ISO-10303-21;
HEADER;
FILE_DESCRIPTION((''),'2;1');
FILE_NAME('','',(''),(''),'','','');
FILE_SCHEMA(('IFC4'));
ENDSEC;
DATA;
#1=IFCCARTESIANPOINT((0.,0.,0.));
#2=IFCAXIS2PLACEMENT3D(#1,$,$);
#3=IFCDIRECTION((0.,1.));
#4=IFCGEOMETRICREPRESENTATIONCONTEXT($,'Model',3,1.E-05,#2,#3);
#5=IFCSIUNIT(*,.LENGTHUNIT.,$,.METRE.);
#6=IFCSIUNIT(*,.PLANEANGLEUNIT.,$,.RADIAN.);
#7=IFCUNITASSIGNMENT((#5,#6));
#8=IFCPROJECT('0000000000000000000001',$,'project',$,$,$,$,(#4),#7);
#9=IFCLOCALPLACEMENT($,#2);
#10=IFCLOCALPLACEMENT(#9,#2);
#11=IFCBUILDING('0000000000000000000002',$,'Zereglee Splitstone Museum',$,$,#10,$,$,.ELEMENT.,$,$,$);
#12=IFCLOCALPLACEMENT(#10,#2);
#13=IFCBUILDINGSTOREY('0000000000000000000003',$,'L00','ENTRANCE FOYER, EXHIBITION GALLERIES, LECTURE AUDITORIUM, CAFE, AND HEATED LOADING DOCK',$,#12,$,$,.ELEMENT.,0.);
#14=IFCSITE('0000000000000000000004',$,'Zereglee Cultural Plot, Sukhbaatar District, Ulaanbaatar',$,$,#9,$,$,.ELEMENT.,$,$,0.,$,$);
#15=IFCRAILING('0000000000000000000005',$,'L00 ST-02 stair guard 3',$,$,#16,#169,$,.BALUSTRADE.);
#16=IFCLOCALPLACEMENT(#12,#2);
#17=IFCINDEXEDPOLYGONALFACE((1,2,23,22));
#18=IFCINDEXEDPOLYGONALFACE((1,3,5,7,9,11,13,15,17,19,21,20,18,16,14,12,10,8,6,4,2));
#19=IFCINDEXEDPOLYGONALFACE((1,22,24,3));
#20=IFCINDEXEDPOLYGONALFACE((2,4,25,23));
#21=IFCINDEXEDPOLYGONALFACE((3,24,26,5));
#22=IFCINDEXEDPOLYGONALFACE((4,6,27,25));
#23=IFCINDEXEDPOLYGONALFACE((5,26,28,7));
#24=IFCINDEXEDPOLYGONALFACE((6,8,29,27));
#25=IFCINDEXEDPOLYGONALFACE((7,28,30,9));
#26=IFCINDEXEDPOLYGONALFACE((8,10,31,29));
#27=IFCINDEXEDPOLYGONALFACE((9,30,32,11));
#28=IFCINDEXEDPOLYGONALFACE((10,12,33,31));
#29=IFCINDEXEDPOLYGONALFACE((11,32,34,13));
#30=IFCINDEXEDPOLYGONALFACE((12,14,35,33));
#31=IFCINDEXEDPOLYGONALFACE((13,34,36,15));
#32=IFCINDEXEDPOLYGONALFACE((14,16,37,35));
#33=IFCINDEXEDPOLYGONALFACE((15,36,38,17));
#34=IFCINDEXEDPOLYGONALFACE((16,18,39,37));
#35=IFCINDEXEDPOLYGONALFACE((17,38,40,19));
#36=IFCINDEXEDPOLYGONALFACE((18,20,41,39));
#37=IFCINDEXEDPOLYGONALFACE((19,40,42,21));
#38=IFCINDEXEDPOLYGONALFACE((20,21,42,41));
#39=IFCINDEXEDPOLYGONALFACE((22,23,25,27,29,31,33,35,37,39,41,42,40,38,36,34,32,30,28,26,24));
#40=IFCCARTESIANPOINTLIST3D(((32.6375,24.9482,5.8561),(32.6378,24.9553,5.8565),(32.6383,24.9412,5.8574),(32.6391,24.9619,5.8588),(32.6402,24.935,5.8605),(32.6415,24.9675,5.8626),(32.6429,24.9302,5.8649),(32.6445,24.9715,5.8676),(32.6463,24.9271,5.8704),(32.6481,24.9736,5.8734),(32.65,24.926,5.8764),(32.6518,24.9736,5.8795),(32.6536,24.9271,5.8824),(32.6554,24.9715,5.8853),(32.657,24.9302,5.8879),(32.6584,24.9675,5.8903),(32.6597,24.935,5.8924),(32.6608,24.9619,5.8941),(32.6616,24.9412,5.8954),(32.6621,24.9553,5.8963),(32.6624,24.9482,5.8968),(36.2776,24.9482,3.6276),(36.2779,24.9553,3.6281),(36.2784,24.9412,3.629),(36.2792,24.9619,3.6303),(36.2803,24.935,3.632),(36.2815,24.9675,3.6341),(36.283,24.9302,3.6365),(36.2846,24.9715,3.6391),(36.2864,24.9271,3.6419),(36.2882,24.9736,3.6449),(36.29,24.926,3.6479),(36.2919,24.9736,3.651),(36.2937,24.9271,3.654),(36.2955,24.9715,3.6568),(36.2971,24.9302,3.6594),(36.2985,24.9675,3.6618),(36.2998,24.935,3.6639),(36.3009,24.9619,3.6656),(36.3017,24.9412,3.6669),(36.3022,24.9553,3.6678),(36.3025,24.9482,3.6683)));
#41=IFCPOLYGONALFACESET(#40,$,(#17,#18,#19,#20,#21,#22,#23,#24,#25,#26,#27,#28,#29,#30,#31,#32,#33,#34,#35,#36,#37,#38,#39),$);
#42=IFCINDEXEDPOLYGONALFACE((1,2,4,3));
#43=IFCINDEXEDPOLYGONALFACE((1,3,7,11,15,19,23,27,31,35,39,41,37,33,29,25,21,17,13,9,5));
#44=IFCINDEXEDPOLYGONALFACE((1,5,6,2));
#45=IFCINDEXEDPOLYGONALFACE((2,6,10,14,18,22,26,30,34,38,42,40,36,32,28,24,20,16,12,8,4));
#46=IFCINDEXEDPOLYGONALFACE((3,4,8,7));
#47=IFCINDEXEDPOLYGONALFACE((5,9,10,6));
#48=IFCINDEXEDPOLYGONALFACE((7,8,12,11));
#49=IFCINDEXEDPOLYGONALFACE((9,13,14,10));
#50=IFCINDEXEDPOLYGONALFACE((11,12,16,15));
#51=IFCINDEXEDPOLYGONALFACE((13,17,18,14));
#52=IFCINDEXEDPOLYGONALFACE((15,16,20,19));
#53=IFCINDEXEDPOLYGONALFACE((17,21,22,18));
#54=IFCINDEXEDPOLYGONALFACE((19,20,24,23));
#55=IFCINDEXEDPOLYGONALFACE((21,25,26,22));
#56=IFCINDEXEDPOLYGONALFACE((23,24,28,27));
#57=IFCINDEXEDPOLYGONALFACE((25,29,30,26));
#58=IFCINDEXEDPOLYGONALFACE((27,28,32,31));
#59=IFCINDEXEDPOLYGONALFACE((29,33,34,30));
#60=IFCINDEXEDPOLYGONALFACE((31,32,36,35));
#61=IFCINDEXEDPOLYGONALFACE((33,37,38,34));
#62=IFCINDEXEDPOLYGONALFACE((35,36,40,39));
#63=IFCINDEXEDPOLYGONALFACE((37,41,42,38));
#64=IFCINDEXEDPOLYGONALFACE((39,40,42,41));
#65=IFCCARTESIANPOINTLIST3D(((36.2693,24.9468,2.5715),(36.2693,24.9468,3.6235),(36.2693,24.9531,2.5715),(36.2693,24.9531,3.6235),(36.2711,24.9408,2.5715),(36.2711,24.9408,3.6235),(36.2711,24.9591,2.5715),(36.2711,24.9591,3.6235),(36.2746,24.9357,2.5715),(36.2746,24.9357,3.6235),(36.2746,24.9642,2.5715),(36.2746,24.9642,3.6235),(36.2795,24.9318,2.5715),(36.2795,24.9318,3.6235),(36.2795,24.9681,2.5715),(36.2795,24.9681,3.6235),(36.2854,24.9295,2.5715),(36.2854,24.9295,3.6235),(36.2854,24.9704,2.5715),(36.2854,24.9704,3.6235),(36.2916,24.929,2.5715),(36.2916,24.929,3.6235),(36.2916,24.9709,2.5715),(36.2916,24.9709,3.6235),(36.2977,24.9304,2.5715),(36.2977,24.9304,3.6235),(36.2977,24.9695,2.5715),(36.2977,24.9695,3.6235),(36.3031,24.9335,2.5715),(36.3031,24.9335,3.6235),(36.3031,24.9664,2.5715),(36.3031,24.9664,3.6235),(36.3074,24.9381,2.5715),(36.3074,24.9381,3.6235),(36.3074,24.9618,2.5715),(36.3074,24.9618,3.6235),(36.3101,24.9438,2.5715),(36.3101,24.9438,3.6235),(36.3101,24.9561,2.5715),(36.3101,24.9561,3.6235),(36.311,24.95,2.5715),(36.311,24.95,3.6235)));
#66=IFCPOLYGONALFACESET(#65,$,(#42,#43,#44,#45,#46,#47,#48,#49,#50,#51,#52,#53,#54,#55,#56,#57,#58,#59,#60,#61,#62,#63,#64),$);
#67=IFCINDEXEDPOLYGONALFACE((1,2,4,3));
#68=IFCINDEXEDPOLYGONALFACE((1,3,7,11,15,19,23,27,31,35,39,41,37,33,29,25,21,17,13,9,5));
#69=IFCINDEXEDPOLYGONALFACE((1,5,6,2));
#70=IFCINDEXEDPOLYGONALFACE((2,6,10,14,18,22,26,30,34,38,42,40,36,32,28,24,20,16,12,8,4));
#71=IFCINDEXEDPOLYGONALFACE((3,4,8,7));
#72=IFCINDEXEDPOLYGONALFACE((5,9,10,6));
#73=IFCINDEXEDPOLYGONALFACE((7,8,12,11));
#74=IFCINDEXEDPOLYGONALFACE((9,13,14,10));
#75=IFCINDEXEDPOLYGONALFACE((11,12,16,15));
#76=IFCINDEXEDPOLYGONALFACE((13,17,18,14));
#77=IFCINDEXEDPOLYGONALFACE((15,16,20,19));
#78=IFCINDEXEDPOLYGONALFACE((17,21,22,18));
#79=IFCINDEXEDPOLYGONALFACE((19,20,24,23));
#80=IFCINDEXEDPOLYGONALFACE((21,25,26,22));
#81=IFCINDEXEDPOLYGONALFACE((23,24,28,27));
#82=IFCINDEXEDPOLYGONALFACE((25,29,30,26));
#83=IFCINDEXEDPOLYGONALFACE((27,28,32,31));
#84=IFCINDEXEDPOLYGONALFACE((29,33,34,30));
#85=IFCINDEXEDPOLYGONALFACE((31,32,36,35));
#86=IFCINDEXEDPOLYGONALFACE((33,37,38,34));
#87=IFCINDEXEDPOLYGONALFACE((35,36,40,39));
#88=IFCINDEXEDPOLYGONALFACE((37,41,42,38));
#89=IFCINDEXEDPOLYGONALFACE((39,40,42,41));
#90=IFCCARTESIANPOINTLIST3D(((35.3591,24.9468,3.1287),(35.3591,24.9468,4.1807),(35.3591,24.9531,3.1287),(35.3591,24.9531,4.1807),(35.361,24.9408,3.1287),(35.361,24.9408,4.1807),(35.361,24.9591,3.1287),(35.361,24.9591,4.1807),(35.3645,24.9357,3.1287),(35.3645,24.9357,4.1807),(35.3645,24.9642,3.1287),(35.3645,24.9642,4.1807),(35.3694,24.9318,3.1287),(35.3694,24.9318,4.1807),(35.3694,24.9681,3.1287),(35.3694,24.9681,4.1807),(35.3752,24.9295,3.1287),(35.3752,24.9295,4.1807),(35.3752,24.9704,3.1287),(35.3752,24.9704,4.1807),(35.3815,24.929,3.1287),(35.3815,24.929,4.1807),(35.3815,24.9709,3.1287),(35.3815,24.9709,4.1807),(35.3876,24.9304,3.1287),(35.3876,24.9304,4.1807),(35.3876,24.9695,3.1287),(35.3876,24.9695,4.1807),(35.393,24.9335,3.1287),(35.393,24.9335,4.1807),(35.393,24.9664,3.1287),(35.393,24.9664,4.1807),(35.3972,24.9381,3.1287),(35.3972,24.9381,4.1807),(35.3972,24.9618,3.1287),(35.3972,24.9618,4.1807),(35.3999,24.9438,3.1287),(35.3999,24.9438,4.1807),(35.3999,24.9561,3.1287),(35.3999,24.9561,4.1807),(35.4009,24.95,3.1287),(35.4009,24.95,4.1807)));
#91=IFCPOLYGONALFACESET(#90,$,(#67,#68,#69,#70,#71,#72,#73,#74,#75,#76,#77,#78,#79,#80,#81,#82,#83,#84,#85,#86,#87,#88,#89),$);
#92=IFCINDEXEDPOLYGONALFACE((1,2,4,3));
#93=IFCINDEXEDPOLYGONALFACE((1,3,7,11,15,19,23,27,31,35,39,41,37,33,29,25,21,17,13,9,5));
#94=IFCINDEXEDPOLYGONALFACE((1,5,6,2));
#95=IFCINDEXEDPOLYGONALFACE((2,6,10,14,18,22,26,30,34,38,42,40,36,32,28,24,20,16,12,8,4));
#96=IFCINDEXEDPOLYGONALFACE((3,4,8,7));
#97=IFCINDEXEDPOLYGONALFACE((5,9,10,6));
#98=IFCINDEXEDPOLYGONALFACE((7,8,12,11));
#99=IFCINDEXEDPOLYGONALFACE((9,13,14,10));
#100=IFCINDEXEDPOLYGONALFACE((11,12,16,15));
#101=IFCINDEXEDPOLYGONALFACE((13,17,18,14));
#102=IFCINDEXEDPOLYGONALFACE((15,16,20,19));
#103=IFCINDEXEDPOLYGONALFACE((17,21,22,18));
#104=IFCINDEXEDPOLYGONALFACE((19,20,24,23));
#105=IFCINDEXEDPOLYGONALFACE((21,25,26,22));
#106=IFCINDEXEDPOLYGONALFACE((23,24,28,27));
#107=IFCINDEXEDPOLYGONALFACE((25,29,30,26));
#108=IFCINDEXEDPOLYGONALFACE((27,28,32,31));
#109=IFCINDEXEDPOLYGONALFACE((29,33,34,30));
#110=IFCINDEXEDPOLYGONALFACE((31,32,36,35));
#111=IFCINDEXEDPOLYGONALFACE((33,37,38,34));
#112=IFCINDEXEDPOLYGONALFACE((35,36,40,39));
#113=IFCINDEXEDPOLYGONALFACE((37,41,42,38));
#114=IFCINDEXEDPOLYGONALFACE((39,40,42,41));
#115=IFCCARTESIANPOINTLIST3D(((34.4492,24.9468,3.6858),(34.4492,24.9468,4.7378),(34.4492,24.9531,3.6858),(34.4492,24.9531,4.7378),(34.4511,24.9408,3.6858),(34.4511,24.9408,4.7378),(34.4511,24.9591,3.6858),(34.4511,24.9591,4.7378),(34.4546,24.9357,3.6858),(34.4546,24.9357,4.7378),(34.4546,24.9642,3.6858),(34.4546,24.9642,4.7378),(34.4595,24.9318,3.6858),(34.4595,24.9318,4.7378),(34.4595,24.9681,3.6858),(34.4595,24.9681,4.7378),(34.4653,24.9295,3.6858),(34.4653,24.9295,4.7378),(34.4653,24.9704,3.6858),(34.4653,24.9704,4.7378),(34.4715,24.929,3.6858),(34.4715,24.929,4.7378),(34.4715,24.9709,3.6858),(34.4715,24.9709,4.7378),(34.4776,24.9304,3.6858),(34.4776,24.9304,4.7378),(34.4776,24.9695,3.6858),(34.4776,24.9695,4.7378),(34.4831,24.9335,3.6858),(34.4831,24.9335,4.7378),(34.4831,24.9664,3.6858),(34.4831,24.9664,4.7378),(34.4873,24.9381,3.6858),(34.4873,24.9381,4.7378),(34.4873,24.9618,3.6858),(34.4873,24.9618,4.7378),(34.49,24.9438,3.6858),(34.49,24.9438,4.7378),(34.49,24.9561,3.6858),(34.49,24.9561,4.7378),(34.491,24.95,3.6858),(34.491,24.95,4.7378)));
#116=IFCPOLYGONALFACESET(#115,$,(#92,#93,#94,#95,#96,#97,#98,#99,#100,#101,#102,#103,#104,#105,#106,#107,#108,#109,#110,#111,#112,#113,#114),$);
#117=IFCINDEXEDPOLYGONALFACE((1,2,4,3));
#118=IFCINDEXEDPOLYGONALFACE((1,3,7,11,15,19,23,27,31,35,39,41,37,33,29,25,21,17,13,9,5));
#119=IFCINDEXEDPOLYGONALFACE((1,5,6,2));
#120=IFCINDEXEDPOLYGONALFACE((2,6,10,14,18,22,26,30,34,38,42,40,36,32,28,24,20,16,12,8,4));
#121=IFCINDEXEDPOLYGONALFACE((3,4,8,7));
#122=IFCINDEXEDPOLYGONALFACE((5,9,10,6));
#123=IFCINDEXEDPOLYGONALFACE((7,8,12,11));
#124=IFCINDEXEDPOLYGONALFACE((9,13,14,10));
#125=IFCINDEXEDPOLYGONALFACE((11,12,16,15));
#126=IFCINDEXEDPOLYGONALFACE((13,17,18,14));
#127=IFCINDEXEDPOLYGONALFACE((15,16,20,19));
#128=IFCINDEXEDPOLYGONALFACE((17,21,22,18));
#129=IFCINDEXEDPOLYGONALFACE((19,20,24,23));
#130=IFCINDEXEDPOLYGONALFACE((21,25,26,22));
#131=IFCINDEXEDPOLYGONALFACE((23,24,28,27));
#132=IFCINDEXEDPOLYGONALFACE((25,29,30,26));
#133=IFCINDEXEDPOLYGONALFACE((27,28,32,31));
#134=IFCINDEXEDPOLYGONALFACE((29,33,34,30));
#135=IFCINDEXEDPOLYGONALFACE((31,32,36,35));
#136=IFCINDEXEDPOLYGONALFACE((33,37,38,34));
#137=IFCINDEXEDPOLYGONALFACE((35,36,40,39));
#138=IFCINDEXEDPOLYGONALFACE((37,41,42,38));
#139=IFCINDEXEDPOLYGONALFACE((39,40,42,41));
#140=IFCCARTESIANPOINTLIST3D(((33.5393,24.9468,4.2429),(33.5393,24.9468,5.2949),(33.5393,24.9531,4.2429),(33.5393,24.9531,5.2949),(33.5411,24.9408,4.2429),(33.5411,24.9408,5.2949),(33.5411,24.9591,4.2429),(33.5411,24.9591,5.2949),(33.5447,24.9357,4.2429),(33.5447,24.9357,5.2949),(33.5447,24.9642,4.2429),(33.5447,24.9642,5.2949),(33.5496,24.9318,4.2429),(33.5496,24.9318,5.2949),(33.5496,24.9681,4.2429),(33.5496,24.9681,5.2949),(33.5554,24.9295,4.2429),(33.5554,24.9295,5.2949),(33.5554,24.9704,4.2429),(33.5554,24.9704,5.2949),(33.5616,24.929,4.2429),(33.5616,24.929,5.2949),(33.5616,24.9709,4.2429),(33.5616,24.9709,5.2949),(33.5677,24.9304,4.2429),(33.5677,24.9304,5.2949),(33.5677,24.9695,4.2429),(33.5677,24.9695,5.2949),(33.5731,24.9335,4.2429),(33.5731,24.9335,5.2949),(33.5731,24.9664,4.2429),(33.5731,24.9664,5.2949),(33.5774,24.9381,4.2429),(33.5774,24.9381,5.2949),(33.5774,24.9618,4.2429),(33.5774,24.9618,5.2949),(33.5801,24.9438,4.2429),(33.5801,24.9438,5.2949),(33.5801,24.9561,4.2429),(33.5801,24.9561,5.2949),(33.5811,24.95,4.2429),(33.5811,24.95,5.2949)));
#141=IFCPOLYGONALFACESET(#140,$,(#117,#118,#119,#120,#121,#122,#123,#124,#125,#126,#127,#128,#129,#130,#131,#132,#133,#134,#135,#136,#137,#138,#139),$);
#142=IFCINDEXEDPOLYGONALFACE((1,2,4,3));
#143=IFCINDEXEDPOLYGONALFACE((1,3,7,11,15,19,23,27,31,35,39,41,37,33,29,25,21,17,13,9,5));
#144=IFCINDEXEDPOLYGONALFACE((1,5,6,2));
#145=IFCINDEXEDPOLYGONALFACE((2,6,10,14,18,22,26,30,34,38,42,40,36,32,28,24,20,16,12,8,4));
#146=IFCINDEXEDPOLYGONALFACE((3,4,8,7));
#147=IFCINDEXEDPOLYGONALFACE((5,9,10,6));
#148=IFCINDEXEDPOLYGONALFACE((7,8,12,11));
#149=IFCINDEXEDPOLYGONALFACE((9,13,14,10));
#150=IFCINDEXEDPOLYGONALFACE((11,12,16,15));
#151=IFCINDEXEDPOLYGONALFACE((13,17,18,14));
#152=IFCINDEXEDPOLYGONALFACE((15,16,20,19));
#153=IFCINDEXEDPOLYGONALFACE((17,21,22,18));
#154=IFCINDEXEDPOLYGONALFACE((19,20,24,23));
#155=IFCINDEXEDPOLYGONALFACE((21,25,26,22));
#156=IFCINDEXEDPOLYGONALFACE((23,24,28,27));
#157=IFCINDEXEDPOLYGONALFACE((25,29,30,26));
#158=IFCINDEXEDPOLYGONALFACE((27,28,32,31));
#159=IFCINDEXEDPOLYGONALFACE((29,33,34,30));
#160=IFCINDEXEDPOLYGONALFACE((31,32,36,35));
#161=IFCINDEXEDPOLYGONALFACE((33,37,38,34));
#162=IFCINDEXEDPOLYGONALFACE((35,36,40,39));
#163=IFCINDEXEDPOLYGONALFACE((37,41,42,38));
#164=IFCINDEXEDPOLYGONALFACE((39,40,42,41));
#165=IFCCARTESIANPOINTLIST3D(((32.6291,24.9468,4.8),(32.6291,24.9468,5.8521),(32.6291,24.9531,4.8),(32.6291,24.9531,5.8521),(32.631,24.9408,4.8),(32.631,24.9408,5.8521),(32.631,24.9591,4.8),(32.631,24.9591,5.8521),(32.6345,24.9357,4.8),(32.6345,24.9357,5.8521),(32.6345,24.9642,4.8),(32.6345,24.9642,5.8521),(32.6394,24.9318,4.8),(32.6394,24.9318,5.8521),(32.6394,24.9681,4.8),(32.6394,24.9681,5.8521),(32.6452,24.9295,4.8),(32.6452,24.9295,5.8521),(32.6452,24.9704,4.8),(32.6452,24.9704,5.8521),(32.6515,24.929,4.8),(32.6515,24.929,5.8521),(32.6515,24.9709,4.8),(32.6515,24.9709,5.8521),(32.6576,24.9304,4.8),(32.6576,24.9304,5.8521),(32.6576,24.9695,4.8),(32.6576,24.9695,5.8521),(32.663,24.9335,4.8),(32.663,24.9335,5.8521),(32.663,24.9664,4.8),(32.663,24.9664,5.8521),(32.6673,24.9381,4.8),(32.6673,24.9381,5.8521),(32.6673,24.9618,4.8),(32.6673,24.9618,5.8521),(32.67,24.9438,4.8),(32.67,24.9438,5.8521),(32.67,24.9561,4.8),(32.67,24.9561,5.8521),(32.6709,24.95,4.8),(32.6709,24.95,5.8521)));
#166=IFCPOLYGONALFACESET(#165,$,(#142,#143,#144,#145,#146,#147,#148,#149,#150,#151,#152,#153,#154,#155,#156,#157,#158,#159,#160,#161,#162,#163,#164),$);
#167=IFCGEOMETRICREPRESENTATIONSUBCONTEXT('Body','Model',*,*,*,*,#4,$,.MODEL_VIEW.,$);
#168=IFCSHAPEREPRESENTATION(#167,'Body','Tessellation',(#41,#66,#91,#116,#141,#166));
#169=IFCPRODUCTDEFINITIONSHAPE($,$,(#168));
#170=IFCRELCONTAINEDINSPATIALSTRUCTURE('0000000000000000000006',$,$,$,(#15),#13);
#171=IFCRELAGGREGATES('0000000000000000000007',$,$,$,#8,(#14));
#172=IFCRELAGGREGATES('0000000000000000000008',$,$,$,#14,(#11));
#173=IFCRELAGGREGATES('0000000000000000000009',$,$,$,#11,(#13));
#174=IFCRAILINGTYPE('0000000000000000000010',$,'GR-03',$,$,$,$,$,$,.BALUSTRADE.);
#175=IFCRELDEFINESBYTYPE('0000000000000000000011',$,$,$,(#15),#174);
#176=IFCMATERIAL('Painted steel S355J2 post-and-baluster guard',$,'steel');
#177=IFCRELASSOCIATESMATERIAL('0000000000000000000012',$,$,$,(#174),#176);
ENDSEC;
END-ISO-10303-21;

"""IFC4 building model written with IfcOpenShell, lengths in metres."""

from ifc_helpers import new_model, si_unit, direction, frame, origin, origin_2d, place, context, subcontext, project, spatial, circle, extrude, material, type_object, element, save


model = new_model("IFC4")

# Units and contexts
model_context = context("Model", 3, precision=1e-05, world=origin(), true_north=direction((0.0, 1.0)))
body_context = subcontext(model_context, "Body", "Model", "MODEL_VIEW")
ifc_project = project(units=[si_unit("LENGTHUNIT", "METRE"), si_unit("PLANEANGLEUNIT", "RADIAN")], contexts=[model_context])

# Site, building, storey
site_placement = place(None, origin())
site = spatial("IfcSite", under=ifc_project, at=site_placement, Name="Zereglee Cultural Plot, Sukhbaatar District, Ulaanbaatar", CompositionType="ELEMENT", RefElevation=0.0)
building_placement = place(site_placement, origin())
building = spatial("IfcBuilding", under=site, at=building_placement, Name="Zereglee Splitstone Museum", CompositionType="ELEMENT")
storey_placement = place(building_placement, origin())
storey = spatial("IfcBuildingStorey", under=building, at=storey_placement, Name="L00", Description="ENTRANCE FOYER, EXHIBITION GALLERIES, LECTURE AUDITORIUM, CAFE, AND HEATED LOADING DOCK", CompositionType="ELEMENT", Elevation=0.0)

# Railing
ifc_material_1 = material(Name="Painted steel S355J2 post-and-baluster guard", Category="steel")
railing_type_1 = type_object("IfcRailingType", Name="GR-03", PredefinedType="BALUSTRADE", material=ifc_material_1)
railing_1_placement = place(storey_placement, frame((36.29, 24.95, 2.5715)))
element("IfcRailing", 1, at=railing_1_placement, inside=storey, type_object=railing_type_1, Name="L00 ST-02 stair guard 3", PredefinedType="BALUSTRADE", context=body_context, shape_type="SweptSolid", body=[
    extrude(circle(Radius=0.0239, at=origin_2d()), frame((0.0, 0.0, 1.0764), z_axis=(-0.852866, 0.0, 0.52213), x_axis=(0.0, -1.0, 0.0)), (0.0, 0.0, 1.0), 4.2681),
    extrude(circle(Radius=0.021, at=origin_2d()), origin(), (0.0, 0.0, 1.0), 1.052),
    extrude(circle(Radius=0.021, at=origin_2d()), frame((-0.9102, 0.0, 0.5571)), (0.0, 0.0, 1.0), 1.052),
    extrude(circle(Radius=0.021, at=origin_2d()), frame((-1.8201, 0.0, 1.1143)), (0.0, 0.0, 1.0), 1.052),
    extrude(circle(Radius=0.021, at=origin_2d()), frame((-2.73, 0.0, 1.6714)), (0.0, 0.0, 1.0), 1.052),
    extrude(circle(Radius=0.021, at=origin_2d()), frame((-3.6401, 0.0, 2.2285)), (0.0, 0.0, 1.0), 1.052),
])

save(model, "model.ifc")
